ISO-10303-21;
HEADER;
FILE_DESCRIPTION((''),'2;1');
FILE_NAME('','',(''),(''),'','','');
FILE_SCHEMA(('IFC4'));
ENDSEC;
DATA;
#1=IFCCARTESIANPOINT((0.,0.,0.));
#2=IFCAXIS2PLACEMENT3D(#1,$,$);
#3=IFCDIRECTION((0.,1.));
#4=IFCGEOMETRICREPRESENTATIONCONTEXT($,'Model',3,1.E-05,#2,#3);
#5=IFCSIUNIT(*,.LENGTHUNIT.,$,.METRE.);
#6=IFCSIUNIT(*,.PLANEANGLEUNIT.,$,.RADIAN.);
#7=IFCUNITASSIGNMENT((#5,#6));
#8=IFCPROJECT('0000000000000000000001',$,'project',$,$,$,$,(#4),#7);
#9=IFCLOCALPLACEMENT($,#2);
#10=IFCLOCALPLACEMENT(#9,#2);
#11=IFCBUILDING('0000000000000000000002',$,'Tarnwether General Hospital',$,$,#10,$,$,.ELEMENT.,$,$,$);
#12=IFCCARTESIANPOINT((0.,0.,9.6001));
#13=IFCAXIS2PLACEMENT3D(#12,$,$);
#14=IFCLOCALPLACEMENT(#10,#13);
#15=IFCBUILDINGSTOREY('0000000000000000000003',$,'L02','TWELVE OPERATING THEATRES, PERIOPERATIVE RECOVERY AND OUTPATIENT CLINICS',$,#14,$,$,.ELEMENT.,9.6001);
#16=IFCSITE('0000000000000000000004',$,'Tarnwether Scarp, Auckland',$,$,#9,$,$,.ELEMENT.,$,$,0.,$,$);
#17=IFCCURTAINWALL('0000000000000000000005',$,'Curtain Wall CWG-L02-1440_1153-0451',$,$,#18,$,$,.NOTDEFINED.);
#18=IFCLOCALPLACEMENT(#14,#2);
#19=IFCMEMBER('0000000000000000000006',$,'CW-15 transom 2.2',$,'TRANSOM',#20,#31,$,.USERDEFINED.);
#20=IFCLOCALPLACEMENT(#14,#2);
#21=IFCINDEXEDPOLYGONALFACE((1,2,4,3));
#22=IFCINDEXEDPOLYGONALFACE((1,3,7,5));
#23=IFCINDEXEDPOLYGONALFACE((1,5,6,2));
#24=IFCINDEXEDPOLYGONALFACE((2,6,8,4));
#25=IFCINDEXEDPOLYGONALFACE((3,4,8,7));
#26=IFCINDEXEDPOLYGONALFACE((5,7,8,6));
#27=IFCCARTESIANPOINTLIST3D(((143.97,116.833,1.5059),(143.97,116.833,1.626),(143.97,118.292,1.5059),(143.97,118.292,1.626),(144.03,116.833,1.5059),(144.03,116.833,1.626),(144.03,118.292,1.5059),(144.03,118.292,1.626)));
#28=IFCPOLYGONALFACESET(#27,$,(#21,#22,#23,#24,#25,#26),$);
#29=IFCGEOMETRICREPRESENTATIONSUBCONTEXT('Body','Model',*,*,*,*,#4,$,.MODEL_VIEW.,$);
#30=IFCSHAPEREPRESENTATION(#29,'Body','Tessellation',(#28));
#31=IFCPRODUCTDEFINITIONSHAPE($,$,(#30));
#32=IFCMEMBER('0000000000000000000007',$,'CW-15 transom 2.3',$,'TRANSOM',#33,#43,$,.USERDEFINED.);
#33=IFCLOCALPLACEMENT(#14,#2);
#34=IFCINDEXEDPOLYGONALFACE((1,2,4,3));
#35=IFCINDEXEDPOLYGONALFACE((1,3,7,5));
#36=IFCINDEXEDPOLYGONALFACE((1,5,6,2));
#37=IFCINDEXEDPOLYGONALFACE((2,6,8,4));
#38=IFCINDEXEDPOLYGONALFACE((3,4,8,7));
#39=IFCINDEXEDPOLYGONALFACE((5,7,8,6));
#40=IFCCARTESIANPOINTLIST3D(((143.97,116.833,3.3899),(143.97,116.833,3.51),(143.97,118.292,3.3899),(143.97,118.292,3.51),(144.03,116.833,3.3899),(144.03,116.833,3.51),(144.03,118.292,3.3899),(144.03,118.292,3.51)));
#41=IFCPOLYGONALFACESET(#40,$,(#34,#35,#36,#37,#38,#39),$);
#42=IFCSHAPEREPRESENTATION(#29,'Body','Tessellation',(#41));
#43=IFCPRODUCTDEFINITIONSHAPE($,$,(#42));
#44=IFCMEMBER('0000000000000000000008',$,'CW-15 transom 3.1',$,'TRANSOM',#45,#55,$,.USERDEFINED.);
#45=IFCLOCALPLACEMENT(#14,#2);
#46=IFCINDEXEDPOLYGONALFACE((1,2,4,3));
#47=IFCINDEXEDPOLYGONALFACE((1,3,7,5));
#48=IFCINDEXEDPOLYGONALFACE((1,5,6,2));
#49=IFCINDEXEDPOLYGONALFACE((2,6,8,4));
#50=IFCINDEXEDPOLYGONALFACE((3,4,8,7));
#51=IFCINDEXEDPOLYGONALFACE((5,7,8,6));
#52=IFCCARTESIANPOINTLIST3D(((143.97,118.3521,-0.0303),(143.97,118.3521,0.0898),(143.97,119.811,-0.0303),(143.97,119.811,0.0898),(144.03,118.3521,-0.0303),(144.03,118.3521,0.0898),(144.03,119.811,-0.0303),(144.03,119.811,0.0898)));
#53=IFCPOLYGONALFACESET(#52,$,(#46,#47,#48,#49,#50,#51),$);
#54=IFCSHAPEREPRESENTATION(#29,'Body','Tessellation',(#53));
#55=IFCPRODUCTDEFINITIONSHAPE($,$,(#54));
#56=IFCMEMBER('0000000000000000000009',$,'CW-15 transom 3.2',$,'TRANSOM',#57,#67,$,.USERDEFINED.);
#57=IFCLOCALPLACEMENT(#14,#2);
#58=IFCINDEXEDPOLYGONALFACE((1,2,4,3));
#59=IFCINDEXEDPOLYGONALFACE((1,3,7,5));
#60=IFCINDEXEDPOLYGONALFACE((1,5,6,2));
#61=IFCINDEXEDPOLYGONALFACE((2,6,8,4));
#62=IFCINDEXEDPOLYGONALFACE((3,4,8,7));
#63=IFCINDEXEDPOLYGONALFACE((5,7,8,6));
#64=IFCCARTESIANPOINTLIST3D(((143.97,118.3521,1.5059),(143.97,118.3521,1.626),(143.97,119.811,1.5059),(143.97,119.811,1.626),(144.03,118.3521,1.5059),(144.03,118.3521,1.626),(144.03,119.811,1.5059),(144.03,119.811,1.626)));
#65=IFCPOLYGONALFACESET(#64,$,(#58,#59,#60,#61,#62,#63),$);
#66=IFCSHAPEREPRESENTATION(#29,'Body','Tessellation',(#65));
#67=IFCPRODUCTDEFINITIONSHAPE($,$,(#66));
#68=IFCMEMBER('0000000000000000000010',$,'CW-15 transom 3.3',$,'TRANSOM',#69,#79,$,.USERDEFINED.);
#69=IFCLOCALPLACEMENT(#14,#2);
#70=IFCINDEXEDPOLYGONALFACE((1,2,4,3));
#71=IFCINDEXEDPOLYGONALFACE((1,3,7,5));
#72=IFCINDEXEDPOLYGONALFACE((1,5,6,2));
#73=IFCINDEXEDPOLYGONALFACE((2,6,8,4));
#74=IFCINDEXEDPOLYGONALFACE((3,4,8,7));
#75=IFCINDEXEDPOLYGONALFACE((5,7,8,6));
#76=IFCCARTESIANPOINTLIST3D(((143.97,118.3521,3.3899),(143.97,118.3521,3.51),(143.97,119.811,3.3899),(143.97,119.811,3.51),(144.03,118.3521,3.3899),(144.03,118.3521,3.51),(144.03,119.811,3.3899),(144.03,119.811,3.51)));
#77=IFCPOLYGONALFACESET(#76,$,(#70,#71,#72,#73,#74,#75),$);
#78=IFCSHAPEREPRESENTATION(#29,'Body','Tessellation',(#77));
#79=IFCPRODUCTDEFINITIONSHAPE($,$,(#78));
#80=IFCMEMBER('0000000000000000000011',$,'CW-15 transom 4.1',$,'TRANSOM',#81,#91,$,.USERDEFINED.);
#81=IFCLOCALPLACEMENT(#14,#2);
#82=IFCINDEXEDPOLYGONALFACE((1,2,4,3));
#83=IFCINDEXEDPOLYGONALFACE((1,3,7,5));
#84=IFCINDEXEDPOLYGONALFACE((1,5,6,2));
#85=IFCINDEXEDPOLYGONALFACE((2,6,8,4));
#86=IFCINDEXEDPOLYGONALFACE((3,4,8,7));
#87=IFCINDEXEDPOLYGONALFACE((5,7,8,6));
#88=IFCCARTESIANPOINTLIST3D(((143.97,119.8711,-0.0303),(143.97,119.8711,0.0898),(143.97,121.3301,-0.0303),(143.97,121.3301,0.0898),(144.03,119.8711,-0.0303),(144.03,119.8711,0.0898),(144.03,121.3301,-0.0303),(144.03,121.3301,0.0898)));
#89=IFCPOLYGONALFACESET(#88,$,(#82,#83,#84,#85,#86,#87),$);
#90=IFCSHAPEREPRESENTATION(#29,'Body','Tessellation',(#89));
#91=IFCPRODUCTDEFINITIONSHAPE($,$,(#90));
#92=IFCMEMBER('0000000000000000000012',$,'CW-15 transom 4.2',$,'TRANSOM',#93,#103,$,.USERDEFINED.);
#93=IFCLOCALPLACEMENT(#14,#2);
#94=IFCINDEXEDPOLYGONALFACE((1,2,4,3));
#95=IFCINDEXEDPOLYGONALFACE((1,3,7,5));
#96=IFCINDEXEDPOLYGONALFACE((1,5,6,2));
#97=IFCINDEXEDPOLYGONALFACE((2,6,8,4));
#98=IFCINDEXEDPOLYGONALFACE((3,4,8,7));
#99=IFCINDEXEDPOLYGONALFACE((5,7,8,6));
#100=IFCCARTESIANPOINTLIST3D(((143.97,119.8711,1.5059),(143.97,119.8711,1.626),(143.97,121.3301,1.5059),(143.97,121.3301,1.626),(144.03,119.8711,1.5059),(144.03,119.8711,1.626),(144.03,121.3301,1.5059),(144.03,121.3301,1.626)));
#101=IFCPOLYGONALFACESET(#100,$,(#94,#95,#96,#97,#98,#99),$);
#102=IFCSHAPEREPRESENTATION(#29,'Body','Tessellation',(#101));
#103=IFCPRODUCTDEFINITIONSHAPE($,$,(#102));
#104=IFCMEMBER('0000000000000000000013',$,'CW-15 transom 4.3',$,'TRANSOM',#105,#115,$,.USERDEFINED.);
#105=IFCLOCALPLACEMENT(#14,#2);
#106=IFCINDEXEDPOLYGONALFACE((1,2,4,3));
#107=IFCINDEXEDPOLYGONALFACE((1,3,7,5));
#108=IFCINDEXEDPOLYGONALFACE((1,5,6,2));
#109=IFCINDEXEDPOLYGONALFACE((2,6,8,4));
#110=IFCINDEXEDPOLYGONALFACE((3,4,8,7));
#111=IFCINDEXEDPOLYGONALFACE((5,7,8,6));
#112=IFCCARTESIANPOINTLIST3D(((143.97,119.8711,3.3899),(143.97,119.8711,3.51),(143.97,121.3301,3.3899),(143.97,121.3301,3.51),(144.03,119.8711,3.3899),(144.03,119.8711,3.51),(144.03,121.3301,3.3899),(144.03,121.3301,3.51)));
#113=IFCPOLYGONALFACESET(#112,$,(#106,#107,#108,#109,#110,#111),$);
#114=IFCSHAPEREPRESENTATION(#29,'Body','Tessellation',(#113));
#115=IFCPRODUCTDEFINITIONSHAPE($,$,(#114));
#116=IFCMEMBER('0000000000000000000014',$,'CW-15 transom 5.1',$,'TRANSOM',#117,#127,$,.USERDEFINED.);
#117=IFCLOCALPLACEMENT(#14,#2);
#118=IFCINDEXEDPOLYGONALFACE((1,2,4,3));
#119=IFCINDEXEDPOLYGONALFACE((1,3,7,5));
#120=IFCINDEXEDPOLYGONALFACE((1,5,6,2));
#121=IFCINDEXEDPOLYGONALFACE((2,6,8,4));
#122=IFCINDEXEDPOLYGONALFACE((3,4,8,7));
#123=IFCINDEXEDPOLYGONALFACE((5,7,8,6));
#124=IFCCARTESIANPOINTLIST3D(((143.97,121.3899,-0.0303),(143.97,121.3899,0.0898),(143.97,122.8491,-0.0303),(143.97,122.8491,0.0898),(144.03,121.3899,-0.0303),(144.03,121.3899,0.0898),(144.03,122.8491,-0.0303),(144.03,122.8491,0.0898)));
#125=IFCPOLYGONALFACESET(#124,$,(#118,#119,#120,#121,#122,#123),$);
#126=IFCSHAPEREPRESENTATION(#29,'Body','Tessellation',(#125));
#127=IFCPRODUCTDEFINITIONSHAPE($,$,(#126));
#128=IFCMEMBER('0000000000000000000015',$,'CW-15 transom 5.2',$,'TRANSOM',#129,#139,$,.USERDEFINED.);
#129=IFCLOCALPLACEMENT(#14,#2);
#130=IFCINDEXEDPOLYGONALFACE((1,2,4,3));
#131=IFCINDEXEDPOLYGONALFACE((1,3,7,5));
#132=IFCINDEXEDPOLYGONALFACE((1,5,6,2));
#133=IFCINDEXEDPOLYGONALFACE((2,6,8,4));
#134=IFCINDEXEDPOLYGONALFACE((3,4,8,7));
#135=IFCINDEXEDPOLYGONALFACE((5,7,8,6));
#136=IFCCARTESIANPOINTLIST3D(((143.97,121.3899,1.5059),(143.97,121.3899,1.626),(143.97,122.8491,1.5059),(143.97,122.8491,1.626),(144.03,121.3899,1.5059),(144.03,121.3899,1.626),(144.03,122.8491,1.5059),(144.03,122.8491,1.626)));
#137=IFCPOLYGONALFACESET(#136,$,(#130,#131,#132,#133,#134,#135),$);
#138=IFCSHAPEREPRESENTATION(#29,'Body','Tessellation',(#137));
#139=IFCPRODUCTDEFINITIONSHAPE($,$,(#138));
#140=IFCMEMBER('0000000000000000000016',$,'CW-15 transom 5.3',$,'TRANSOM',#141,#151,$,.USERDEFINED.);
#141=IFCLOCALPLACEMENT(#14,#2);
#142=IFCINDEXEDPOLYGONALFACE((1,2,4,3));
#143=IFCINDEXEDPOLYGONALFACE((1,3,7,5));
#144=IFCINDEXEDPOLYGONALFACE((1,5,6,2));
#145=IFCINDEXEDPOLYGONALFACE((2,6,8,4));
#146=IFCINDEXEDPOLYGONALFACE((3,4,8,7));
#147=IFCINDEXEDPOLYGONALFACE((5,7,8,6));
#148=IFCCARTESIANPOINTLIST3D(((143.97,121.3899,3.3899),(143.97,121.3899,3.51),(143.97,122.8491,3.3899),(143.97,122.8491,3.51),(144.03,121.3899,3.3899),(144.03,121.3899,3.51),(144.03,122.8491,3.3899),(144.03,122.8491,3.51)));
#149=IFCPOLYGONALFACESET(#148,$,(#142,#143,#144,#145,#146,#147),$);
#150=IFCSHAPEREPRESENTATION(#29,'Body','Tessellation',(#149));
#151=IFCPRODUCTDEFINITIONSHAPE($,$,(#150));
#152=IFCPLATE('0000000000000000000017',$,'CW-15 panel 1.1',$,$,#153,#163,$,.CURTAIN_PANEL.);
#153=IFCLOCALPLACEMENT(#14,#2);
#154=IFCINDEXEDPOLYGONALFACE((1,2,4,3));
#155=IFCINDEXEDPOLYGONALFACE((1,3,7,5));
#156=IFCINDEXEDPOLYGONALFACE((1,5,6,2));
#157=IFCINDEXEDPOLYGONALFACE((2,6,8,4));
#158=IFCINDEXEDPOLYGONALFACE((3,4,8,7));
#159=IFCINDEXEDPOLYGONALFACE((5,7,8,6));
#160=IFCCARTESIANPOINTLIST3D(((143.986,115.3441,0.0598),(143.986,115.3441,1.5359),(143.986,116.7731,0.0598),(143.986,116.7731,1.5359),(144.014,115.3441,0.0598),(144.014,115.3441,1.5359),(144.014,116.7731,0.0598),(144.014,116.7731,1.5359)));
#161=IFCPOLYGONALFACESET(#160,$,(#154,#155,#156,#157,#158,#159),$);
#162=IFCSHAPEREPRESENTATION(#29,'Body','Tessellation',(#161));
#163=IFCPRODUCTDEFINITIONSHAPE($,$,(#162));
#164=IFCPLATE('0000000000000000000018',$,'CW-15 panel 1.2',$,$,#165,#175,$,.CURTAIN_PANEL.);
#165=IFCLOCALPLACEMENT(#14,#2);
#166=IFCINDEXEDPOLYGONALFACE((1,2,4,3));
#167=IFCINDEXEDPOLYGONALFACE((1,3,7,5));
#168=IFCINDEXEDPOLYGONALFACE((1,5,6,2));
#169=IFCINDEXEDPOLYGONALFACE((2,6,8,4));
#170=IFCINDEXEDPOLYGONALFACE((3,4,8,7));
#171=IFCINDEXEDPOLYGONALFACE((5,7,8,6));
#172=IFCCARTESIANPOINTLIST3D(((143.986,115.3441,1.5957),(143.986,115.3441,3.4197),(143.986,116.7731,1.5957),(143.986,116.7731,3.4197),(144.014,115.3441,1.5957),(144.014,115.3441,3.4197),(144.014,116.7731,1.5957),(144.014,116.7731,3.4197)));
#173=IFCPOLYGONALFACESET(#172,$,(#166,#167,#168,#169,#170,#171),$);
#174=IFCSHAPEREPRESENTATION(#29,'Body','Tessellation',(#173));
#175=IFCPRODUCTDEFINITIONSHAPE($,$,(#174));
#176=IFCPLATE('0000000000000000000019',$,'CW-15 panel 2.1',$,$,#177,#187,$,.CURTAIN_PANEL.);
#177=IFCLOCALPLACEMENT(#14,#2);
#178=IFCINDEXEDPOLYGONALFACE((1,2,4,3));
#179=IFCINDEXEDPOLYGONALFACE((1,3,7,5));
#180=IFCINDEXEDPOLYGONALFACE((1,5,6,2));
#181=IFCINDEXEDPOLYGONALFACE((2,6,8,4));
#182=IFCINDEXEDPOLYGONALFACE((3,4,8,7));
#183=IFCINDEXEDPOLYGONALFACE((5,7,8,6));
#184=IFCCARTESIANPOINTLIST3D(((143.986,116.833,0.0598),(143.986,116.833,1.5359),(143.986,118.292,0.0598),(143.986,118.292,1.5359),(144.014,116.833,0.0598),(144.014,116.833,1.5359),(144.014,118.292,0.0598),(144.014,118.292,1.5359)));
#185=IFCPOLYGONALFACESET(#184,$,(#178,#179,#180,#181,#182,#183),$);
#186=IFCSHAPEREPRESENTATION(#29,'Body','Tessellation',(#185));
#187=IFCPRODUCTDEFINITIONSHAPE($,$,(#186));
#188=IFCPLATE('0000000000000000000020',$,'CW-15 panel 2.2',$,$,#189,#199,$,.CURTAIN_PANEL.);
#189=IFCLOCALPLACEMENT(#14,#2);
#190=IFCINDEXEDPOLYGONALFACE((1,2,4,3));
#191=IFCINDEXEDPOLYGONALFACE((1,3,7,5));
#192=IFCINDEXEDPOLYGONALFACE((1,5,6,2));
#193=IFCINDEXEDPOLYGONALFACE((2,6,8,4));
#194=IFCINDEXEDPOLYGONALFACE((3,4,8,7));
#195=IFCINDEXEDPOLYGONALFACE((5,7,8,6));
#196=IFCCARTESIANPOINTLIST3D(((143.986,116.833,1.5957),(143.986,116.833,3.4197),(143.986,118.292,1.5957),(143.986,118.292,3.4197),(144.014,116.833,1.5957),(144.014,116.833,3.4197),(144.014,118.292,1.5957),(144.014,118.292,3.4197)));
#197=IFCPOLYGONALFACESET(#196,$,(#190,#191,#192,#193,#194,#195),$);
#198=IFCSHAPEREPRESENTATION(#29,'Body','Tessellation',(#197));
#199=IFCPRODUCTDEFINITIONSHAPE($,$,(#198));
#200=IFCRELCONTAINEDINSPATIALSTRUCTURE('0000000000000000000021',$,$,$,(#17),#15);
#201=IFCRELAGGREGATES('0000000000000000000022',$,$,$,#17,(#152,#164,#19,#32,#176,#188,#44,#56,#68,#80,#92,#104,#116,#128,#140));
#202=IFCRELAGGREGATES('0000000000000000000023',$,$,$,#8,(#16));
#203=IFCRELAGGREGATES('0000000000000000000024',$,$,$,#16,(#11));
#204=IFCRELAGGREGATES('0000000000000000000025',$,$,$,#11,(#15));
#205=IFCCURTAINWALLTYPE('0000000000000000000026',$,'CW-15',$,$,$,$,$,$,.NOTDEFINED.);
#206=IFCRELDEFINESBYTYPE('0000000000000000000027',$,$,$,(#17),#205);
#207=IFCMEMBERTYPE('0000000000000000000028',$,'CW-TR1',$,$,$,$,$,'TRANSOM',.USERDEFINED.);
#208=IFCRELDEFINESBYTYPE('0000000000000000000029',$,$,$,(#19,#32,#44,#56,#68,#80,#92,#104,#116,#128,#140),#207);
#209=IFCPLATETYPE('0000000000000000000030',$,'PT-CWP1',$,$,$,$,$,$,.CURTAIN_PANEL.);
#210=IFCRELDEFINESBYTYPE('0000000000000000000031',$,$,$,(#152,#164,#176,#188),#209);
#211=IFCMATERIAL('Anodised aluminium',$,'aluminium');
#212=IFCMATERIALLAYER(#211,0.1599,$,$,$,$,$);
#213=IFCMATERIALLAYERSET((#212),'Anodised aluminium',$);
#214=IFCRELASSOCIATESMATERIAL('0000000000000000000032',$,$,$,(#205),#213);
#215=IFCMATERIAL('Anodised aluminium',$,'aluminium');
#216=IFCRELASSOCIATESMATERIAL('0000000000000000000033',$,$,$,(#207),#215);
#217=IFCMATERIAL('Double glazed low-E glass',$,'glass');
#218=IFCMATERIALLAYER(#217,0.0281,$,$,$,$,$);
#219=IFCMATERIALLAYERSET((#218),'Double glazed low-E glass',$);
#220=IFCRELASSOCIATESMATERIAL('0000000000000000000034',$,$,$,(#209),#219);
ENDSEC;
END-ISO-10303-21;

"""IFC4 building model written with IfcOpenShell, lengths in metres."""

from ifc_helpers import new_model, si_unit, direction, frame, origin, origin_2d, place, context, subcontext, project, spatial, rectangle, extrude, material, layer, layer_set, material_profile, profile_set, type_object, element, aggregate, save


model = new_model("IFC4")

# Units and contexts
model_context = context("Model", 3, precision=1e-05, world=origin(), true_north=direction((0.0, 1.0)))
body_context = subcontext(model_context, "Body", "Model", "MODEL_VIEW")
ifc_project = project(units=[si_unit("LENGTHUNIT", "METRE"), si_unit("PLANEANGLEUNIT", "RADIAN")], contexts=[model_context])

# Site, building, storey
site_placement = place(None, origin())
site = spatial("IfcSite", under=ifc_project, at=site_placement, Name="Tarnwether Scarp, Auckland", CompositionType="ELEMENT", RefElevation=0.0)
building_placement = place(site_placement, origin())
building = spatial("IfcBuilding", under=site, at=building_placement, Name="Tarnwether General Hospital", CompositionType="ELEMENT")
storey_placement = place(building_placement, frame((0.0, 0.0, 9.6001)))
storey = spatial("IfcBuildingStorey", under=building, at=storey_placement, Name="L02", Description="TWELVE OPERATING THEATRES, PERIOPERATIVE RECOVERY AND OUTPATIENT CLINICS", CompositionType="ELEMENT", Elevation=9.6001)

# Curtain wall, members, plates
ifc_material_1 = material(Name="Anodised aluminium", Category="aluminium")
ifc_layer_1 = layer(ifc_material_1, 0.1599)
ifc_layer_set_1 = layer_set([ifc_layer_1], Name="Anodised aluminium")
curtain_wall_type = type_object("IfcCurtainWallType", Name="CW-15", PredefinedType="NOTDEFINED", material=ifc_layer_set_1)
curtain_wall_placement = place(storey_placement, origin())
curtain_wall = element("IfcCurtainWall", 1, at=curtain_wall_placement, inside=storey, type_object=curtain_wall_type, Name="Curtain Wall CWG-L02-1440_1153-0451", PredefinedType="NOTDEFINED")
ifc_material_2 = material(Name="Anodised aluminium", Category="aluminium")
ifc_material_profile_1 = material_profile(ifc_material_2, rectangle(XDim=0.0601, YDim=0.1201, at=origin_2d()), Name="ALU-TRN-60x120")
ifc_profile_set_1 = profile_set([ifc_material_profile_1], Name="Anodised aluminium")
member_type_1 = type_object("IfcMemberType", Name="CW-TR1", ElementType="TRANSOM", PredefinedType="USERDEFINED", material=ifc_profile_set_1)
member_1_placement = place(storey_placement, frame((144.0, 116.833, 1.5659), z_axis=(0.0, 1.0, 0.0), x_axis=(-1.0, 0.0, 0.0)))
member_1 = element("IfcMember", 2, at=member_1_placement, type_object=member_type_1, Name="CW-15 transom 2.2", ObjectType="TRANSOM", PredefinedType="USERDEFINED", context=body_context, shape_type="SweptSolid", body=[
    extrude(rectangle(XDim=0.0601, YDim=0.1201, at=origin_2d()), origin(), (0.0, 0.0, 1.0), 1.459),
])
member_2_placement = place(storey_placement, frame((144.0, 116.833, 3.45), z_axis=(0.0, 1.0, 0.0), x_axis=(-1.0, 0.0, 0.0)))
member_2 = element("IfcMember", 3, at=member_2_placement, type_object=member_type_1, Name="CW-15 transom 2.3", ObjectType="TRANSOM", PredefinedType="USERDEFINED", context=body_context, shape_type="SweptSolid", body=[
    extrude(rectangle(XDim=0.0601, YDim=0.1201, at=origin_2d()), origin(), (0.0, 0.0, 1.0), 1.459),
])
member_3_placement = place(storey_placement, frame((144.0, 118.3521, 0.0298), z_axis=(0.0, 1.0, 0.0), x_axis=(-1.0, 0.0, 0.0)))
member_3 = element("IfcMember", 4, at=member_3_placement, type_object=member_type_1, Name="CW-15 transom 3.1", ObjectType="TRANSOM", PredefinedType="USERDEFINED", context=body_context, shape_type="SweptSolid", body=[
    extrude(rectangle(XDim=0.0601, YDim=0.1201, at=origin_2d()), origin(), (0.0, 0.0, 1.0), 1.459),
])
member_4_placement = place(storey_placement, frame((144.0, 118.3521, 1.5659), z_axis=(0.0, 1.0, 0.0), x_axis=(-1.0, 0.0, 0.0)))
member_4 = element("IfcMember", 5, at=member_4_placement, type_object=member_type_1, Name="CW-15 transom 3.2", ObjectType="TRANSOM", PredefinedType="USERDEFINED", context=body_context, shape_type="SweptSolid", body=[
    extrude(rectangle(XDim=0.0601, YDim=0.1201, at=origin_2d()), origin(), (0.0, 0.0, 1.0), 1.459),
])
member_5_placement = place(storey_placement, frame((144.0, 118.3521, 3.45), z_axis=(0.0, 1.0, 0.0), x_axis=(-1.0, 0.0, 0.0)))
member_5 = element("IfcMember", 6, at=member_5_placement, type_object=member_type_1, Name="CW-15 transom 3.3", ObjectType="TRANSOM", PredefinedType="USERDEFINED", context=body_context, shape_type="SweptSolid", body=[
    extrude(rectangle(XDim=0.0601, YDim=0.1201, at=origin_2d()), origin(), (0.0, 0.0, 1.0), 1.459),
])
member_6_placement = place(storey_placement, frame((144.0, 119.8711, 0.0298), z_axis=(0.0, 1.0, 0.0), x_axis=(-1.0, 0.0, 0.0)))
member_6 = element("IfcMember", 7, at=member_6_placement, type_object=member_type_1, Name="CW-15 transom 4.1", ObjectType="TRANSOM", PredefinedType="USERDEFINED", context=body_context, shape_type="SweptSolid", body=[
    extrude(rectangle(XDim=0.0601, YDim=0.1201, at=origin_2d()), origin(), (0.0, 0.0, 1.0), 1.459),
])
member_7_placement = place(storey_placement, frame((144.0, 119.8711, 1.5659), z_axis=(0.0, 1.0, 0.0), x_axis=(-1.0, 0.0, 0.0)))
member_7 = element("IfcMember", 8, at=member_7_placement, type_object=member_type_1, Name="CW-15 transom 4.2", ObjectType="TRANSOM", PredefinedType="USERDEFINED", context=body_context, shape_type="SweptSolid", body=[
    extrude(rectangle(XDim=0.0601, YDim=0.1201, at=origin_2d()), origin(), (0.0, 0.0, 1.0), 1.459),
])
member_8_placement = place(storey_placement, frame((144.0, 119.8711, 3.45), z_axis=(0.0, 1.0, 0.0), x_axis=(-1.0, 0.0, 0.0)))
member_8 = element("IfcMember", 9, at=member_8_placement, type_object=member_type_1, Name="CW-15 transom 4.3", ObjectType="TRANSOM", PredefinedType="USERDEFINED", context=body_context, shape_type="SweptSolid", body=[
    extrude(rectangle(XDim=0.0601, YDim=0.1201, at=origin_2d()), origin(), (0.0, 0.0, 1.0), 1.459),
])
member_9_placement = place(storey_placement, frame((144.0, 121.3899, 0.0298), z_axis=(0.0, 1.0, 0.0), x_axis=(-1.0, 0.0, 0.0)))
member_9 = element("IfcMember", 10, at=member_9_placement, type_object=member_type_1, Name="CW-15 transom 5.1", ObjectType="TRANSOM", PredefinedType="USERDEFINED", context=body_context, shape_type="SweptSolid", body=[
    extrude(rectangle(XDim=0.0601, YDim=0.1201, at=origin_2d()), origin(), (0.0, 0.0, 1.0), 1.4592),
])
member_10_placement = place(storey_placement, frame((144.0, 121.3899, 1.5659), z_axis=(0.0, 1.0, 0.0), x_axis=(-1.0, 0.0, 0.0)))
member_10 = element("IfcMember", 11, at=member_10_placement, type_object=member_type_1, Name="CW-15 transom 5.2", ObjectType="TRANSOM", PredefinedType="USERDEFINED", context=body_context, shape_type="SweptSolid", body=[
    extrude(rectangle(XDim=0.0601, YDim=0.1201, at=origin_2d()), origin(), (0.0, 0.0, 1.0), 1.4592),
])
member_11_placement = place(storey_placement, frame((144.0, 121.3899, 3.45), z_axis=(0.0, 1.0, 0.0), x_axis=(-1.0, 0.0, 0.0)))
member_11 = element("IfcMember", 12, at=member_11_placement, type_object=member_type_1, Name="CW-15 transom 5.3", ObjectType="TRANSOM", PredefinedType="USERDEFINED", context=body_context, shape_type="SweptSolid", body=[
    extrude(rectangle(XDim=0.0601, YDim=0.1201, at=origin_2d()), origin(), (0.0, 0.0, 1.0), 1.4592),
])
ifc_material_3 = material(Name="Double glazed low-E glass", Category="glass")
ifc_layer_2 = layer(ifc_material_3, 0.0281)
ifc_layer_set_2 = layer_set([ifc_layer_2], Name="Double glazed low-E glass")
plate_type = type_object("IfcPlateType", Name="PT-CWP1", PredefinedType="CURTAIN_PANEL", material=ifc_layer_set_2)
plate_1_placement = place(storey_placement, frame((144.0, 116.0586, 0.0598), z_axis=(0.0, 0.0, 1.0), x_axis=(0.0, 1.0, 0.0)))
plate_1 = element("IfcPlate", 13, at=plate_1_placement, type_object=plate_type, Name="CW-15 panel 1.1", PredefinedType="CURTAIN_PANEL", context=body_context, shape_type="SweptSolid", body=[
    extrude(rectangle(XDim=1.429, YDim=0.0281, at=origin_2d()), origin(), (0.0, 0.0, 1.0), 1.4761),
])
plate_2_placement = place(storey_placement, frame((144.0, 116.0586, 1.5957), z_axis=(0.0, 0.0, 1.0), x_axis=(0.0, 1.0, 0.0)))
plate_2 = element("IfcPlate", 14, at=plate_2_placement, type_object=plate_type, Name="CW-15 panel 1.2", PredefinedType="CURTAIN_PANEL", context=body_context, shape_type="SweptSolid", body=[
    extrude(rectangle(XDim=1.429, YDim=0.0281, at=origin_2d()), origin(), (0.0, 0.0, 1.0), 1.824),
])
plate_3_placement = place(storey_placement, frame((144.0, 117.5625, 0.0598), z_axis=(0.0, 0.0, 1.0), x_axis=(0.0, 1.0, 0.0)))
plate_3 = element("IfcPlate", 15, at=plate_3_placement, type_object=plate_type, Name="CW-15 panel 2.1", PredefinedType="CURTAIN_PANEL", context=body_context, shape_type="SweptSolid", body=[
    extrude(rectangle(XDim=1.459, YDim=0.0281, at=origin_2d()), origin(), (0.0, 0.0, 1.0), 1.4761),
])
plate_4_placement = place(storey_placement, frame((144.0, 117.5625, 1.5957), z_axis=(0.0, 0.0, 1.0), x_axis=(0.0, 1.0, 0.0)))
plate_4 = element("IfcPlate", 16, at=plate_4_placement, type_object=plate_type, Name="CW-15 panel 2.2", PredefinedType="CURTAIN_PANEL", context=body_context, shape_type="SweptSolid", body=[
    extrude(rectangle(XDim=1.459, YDim=0.0281, at=origin_2d()), origin(), (0.0, 0.0, 1.0), 1.824),
])
aggregate(curtain_wall, [plate_1, plate_2, member_1, member_2, plate_3, plate_4, member_3, member_4, member_5, member_6, member_7, member_8, member_9, member_10, member_11])

save(model, "model.ifc")
